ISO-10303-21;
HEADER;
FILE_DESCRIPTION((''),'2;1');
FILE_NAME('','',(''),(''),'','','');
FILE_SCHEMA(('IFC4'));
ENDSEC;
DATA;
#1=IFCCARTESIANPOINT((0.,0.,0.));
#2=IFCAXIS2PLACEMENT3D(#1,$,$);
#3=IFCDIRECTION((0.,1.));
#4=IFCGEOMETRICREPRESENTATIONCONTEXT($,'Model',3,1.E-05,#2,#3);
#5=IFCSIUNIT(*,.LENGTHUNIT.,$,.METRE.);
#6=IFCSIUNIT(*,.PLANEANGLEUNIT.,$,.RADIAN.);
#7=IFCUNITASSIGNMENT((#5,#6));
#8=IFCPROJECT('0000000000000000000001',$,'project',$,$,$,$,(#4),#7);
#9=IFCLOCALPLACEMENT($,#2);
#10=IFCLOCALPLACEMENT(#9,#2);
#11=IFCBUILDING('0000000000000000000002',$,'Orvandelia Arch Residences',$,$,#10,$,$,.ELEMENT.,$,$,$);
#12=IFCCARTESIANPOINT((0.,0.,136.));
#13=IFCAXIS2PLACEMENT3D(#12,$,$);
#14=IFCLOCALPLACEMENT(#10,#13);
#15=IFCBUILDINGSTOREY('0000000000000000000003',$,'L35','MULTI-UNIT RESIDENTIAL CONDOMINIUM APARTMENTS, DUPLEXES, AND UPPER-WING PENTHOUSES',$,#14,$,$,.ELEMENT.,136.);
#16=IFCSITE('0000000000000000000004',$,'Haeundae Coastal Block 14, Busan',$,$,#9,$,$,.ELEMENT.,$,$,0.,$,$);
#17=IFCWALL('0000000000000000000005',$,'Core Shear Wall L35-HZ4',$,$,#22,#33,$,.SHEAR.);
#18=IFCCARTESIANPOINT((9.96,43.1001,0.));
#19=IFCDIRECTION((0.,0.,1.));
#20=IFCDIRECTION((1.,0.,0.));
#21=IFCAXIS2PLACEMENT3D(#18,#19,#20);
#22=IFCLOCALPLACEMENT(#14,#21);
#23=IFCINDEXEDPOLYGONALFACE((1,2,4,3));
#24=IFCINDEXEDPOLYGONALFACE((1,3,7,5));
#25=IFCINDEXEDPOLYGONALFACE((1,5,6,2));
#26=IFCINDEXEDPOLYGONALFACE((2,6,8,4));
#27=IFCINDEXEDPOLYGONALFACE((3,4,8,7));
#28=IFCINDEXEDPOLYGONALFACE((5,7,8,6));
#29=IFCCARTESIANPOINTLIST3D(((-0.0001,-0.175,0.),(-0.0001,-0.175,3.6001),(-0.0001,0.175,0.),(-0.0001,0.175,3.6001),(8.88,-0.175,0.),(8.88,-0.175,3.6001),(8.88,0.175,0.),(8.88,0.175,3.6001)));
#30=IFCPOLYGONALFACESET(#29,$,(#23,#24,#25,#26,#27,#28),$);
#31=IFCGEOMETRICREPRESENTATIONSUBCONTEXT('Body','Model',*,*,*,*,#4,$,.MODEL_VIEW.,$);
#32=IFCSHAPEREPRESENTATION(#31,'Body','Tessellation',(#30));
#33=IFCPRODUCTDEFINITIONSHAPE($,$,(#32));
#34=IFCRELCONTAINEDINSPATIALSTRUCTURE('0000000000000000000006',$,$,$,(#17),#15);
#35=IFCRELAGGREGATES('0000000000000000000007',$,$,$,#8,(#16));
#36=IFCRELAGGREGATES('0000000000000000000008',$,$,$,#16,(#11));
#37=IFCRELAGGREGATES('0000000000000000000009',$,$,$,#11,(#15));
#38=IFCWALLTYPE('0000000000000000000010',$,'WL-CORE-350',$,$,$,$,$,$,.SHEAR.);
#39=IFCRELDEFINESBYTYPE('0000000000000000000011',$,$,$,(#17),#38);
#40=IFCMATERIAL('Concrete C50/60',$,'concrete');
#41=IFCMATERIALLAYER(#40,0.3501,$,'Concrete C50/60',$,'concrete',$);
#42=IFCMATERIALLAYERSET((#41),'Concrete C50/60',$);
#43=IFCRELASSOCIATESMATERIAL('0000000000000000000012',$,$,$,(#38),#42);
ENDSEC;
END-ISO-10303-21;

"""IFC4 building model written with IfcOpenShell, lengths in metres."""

from ifc_helpers import new_model, si_unit, direction, frame, frame_2d, origin, place, context, subcontext, project, spatial, rectangle, extrude, material, layer, layer_set, type_object, element, save


model = new_model("IFC4")

# Units and contexts
model_context = context("Model", 3, precision=1e-05, world=origin(), true_north=direction((0.0, 1.0)))
body_context = subcontext(model_context, "Body", "Model", "MODEL_VIEW")
ifc_project = project(units=[si_unit("LENGTHUNIT", "METRE"), si_unit("PLANEANGLEUNIT", "RADIAN")], contexts=[model_context])

# Site, building, storey
site_placement = place(None, origin())
site = spatial("IfcSite", under=ifc_project, at=site_placement, Name="Haeundae Coastal Block 14, Busan", CompositionType="ELEMENT", RefElevation=0.0)
building_placement = place(site_placement, origin())
building = spatial("IfcBuilding", under=site, at=building_placement, Name="Orvandelia Arch Residences", CompositionType="ELEMENT")
storey_placement = place(building_placement, frame((0.0, 0.0, 136.0)))
storey = spatial("IfcBuildingStorey", under=building, at=storey_placement, Name="L35", Description="MULTI-UNIT RESIDENTIAL CONDOMINIUM APARTMENTS, DUPLEXES, AND UPPER-WING PENTHOUSES", CompositionType="ELEMENT", Elevation=136.0)

# Wall
ifc_material_1 = material(Name="Concrete C50/60", Category="concrete")
ifc_layer_1 = layer(ifc_material_1, 0.3501, Name="Concrete C50/60", Category="concrete")
ifc_layer_set_1 = layer_set([ifc_layer_1], Name="Concrete C50/60")
wall_type_1 = type_object("IfcWallType", Name="WL-CORE-350", PredefinedType="SHEAR", material=ifc_layer_set_1)
wall_1_placement = place(storey_placement, frame((9.96, 43.1001, 0.0), z_axis=(0.0, 0.0, 1.0), x_axis=(1.0, 0.0, 0.0)))
element("IfcWall", 1, at=wall_1_placement, inside=storey, type_object=wall_type_1, Name="Core Shear Wall L35-HZ4", PredefinedType="SHEAR", context=body_context, shape_type="SweptSolid", body=[
    extrude(rectangle(XDim=8.8801, YDim=0.3501, at=frame_2d((4.4399, 0.0))), origin(), (0.0, 0.0, 1.0), 3.6001),
])

save(model, "model.ifc")
